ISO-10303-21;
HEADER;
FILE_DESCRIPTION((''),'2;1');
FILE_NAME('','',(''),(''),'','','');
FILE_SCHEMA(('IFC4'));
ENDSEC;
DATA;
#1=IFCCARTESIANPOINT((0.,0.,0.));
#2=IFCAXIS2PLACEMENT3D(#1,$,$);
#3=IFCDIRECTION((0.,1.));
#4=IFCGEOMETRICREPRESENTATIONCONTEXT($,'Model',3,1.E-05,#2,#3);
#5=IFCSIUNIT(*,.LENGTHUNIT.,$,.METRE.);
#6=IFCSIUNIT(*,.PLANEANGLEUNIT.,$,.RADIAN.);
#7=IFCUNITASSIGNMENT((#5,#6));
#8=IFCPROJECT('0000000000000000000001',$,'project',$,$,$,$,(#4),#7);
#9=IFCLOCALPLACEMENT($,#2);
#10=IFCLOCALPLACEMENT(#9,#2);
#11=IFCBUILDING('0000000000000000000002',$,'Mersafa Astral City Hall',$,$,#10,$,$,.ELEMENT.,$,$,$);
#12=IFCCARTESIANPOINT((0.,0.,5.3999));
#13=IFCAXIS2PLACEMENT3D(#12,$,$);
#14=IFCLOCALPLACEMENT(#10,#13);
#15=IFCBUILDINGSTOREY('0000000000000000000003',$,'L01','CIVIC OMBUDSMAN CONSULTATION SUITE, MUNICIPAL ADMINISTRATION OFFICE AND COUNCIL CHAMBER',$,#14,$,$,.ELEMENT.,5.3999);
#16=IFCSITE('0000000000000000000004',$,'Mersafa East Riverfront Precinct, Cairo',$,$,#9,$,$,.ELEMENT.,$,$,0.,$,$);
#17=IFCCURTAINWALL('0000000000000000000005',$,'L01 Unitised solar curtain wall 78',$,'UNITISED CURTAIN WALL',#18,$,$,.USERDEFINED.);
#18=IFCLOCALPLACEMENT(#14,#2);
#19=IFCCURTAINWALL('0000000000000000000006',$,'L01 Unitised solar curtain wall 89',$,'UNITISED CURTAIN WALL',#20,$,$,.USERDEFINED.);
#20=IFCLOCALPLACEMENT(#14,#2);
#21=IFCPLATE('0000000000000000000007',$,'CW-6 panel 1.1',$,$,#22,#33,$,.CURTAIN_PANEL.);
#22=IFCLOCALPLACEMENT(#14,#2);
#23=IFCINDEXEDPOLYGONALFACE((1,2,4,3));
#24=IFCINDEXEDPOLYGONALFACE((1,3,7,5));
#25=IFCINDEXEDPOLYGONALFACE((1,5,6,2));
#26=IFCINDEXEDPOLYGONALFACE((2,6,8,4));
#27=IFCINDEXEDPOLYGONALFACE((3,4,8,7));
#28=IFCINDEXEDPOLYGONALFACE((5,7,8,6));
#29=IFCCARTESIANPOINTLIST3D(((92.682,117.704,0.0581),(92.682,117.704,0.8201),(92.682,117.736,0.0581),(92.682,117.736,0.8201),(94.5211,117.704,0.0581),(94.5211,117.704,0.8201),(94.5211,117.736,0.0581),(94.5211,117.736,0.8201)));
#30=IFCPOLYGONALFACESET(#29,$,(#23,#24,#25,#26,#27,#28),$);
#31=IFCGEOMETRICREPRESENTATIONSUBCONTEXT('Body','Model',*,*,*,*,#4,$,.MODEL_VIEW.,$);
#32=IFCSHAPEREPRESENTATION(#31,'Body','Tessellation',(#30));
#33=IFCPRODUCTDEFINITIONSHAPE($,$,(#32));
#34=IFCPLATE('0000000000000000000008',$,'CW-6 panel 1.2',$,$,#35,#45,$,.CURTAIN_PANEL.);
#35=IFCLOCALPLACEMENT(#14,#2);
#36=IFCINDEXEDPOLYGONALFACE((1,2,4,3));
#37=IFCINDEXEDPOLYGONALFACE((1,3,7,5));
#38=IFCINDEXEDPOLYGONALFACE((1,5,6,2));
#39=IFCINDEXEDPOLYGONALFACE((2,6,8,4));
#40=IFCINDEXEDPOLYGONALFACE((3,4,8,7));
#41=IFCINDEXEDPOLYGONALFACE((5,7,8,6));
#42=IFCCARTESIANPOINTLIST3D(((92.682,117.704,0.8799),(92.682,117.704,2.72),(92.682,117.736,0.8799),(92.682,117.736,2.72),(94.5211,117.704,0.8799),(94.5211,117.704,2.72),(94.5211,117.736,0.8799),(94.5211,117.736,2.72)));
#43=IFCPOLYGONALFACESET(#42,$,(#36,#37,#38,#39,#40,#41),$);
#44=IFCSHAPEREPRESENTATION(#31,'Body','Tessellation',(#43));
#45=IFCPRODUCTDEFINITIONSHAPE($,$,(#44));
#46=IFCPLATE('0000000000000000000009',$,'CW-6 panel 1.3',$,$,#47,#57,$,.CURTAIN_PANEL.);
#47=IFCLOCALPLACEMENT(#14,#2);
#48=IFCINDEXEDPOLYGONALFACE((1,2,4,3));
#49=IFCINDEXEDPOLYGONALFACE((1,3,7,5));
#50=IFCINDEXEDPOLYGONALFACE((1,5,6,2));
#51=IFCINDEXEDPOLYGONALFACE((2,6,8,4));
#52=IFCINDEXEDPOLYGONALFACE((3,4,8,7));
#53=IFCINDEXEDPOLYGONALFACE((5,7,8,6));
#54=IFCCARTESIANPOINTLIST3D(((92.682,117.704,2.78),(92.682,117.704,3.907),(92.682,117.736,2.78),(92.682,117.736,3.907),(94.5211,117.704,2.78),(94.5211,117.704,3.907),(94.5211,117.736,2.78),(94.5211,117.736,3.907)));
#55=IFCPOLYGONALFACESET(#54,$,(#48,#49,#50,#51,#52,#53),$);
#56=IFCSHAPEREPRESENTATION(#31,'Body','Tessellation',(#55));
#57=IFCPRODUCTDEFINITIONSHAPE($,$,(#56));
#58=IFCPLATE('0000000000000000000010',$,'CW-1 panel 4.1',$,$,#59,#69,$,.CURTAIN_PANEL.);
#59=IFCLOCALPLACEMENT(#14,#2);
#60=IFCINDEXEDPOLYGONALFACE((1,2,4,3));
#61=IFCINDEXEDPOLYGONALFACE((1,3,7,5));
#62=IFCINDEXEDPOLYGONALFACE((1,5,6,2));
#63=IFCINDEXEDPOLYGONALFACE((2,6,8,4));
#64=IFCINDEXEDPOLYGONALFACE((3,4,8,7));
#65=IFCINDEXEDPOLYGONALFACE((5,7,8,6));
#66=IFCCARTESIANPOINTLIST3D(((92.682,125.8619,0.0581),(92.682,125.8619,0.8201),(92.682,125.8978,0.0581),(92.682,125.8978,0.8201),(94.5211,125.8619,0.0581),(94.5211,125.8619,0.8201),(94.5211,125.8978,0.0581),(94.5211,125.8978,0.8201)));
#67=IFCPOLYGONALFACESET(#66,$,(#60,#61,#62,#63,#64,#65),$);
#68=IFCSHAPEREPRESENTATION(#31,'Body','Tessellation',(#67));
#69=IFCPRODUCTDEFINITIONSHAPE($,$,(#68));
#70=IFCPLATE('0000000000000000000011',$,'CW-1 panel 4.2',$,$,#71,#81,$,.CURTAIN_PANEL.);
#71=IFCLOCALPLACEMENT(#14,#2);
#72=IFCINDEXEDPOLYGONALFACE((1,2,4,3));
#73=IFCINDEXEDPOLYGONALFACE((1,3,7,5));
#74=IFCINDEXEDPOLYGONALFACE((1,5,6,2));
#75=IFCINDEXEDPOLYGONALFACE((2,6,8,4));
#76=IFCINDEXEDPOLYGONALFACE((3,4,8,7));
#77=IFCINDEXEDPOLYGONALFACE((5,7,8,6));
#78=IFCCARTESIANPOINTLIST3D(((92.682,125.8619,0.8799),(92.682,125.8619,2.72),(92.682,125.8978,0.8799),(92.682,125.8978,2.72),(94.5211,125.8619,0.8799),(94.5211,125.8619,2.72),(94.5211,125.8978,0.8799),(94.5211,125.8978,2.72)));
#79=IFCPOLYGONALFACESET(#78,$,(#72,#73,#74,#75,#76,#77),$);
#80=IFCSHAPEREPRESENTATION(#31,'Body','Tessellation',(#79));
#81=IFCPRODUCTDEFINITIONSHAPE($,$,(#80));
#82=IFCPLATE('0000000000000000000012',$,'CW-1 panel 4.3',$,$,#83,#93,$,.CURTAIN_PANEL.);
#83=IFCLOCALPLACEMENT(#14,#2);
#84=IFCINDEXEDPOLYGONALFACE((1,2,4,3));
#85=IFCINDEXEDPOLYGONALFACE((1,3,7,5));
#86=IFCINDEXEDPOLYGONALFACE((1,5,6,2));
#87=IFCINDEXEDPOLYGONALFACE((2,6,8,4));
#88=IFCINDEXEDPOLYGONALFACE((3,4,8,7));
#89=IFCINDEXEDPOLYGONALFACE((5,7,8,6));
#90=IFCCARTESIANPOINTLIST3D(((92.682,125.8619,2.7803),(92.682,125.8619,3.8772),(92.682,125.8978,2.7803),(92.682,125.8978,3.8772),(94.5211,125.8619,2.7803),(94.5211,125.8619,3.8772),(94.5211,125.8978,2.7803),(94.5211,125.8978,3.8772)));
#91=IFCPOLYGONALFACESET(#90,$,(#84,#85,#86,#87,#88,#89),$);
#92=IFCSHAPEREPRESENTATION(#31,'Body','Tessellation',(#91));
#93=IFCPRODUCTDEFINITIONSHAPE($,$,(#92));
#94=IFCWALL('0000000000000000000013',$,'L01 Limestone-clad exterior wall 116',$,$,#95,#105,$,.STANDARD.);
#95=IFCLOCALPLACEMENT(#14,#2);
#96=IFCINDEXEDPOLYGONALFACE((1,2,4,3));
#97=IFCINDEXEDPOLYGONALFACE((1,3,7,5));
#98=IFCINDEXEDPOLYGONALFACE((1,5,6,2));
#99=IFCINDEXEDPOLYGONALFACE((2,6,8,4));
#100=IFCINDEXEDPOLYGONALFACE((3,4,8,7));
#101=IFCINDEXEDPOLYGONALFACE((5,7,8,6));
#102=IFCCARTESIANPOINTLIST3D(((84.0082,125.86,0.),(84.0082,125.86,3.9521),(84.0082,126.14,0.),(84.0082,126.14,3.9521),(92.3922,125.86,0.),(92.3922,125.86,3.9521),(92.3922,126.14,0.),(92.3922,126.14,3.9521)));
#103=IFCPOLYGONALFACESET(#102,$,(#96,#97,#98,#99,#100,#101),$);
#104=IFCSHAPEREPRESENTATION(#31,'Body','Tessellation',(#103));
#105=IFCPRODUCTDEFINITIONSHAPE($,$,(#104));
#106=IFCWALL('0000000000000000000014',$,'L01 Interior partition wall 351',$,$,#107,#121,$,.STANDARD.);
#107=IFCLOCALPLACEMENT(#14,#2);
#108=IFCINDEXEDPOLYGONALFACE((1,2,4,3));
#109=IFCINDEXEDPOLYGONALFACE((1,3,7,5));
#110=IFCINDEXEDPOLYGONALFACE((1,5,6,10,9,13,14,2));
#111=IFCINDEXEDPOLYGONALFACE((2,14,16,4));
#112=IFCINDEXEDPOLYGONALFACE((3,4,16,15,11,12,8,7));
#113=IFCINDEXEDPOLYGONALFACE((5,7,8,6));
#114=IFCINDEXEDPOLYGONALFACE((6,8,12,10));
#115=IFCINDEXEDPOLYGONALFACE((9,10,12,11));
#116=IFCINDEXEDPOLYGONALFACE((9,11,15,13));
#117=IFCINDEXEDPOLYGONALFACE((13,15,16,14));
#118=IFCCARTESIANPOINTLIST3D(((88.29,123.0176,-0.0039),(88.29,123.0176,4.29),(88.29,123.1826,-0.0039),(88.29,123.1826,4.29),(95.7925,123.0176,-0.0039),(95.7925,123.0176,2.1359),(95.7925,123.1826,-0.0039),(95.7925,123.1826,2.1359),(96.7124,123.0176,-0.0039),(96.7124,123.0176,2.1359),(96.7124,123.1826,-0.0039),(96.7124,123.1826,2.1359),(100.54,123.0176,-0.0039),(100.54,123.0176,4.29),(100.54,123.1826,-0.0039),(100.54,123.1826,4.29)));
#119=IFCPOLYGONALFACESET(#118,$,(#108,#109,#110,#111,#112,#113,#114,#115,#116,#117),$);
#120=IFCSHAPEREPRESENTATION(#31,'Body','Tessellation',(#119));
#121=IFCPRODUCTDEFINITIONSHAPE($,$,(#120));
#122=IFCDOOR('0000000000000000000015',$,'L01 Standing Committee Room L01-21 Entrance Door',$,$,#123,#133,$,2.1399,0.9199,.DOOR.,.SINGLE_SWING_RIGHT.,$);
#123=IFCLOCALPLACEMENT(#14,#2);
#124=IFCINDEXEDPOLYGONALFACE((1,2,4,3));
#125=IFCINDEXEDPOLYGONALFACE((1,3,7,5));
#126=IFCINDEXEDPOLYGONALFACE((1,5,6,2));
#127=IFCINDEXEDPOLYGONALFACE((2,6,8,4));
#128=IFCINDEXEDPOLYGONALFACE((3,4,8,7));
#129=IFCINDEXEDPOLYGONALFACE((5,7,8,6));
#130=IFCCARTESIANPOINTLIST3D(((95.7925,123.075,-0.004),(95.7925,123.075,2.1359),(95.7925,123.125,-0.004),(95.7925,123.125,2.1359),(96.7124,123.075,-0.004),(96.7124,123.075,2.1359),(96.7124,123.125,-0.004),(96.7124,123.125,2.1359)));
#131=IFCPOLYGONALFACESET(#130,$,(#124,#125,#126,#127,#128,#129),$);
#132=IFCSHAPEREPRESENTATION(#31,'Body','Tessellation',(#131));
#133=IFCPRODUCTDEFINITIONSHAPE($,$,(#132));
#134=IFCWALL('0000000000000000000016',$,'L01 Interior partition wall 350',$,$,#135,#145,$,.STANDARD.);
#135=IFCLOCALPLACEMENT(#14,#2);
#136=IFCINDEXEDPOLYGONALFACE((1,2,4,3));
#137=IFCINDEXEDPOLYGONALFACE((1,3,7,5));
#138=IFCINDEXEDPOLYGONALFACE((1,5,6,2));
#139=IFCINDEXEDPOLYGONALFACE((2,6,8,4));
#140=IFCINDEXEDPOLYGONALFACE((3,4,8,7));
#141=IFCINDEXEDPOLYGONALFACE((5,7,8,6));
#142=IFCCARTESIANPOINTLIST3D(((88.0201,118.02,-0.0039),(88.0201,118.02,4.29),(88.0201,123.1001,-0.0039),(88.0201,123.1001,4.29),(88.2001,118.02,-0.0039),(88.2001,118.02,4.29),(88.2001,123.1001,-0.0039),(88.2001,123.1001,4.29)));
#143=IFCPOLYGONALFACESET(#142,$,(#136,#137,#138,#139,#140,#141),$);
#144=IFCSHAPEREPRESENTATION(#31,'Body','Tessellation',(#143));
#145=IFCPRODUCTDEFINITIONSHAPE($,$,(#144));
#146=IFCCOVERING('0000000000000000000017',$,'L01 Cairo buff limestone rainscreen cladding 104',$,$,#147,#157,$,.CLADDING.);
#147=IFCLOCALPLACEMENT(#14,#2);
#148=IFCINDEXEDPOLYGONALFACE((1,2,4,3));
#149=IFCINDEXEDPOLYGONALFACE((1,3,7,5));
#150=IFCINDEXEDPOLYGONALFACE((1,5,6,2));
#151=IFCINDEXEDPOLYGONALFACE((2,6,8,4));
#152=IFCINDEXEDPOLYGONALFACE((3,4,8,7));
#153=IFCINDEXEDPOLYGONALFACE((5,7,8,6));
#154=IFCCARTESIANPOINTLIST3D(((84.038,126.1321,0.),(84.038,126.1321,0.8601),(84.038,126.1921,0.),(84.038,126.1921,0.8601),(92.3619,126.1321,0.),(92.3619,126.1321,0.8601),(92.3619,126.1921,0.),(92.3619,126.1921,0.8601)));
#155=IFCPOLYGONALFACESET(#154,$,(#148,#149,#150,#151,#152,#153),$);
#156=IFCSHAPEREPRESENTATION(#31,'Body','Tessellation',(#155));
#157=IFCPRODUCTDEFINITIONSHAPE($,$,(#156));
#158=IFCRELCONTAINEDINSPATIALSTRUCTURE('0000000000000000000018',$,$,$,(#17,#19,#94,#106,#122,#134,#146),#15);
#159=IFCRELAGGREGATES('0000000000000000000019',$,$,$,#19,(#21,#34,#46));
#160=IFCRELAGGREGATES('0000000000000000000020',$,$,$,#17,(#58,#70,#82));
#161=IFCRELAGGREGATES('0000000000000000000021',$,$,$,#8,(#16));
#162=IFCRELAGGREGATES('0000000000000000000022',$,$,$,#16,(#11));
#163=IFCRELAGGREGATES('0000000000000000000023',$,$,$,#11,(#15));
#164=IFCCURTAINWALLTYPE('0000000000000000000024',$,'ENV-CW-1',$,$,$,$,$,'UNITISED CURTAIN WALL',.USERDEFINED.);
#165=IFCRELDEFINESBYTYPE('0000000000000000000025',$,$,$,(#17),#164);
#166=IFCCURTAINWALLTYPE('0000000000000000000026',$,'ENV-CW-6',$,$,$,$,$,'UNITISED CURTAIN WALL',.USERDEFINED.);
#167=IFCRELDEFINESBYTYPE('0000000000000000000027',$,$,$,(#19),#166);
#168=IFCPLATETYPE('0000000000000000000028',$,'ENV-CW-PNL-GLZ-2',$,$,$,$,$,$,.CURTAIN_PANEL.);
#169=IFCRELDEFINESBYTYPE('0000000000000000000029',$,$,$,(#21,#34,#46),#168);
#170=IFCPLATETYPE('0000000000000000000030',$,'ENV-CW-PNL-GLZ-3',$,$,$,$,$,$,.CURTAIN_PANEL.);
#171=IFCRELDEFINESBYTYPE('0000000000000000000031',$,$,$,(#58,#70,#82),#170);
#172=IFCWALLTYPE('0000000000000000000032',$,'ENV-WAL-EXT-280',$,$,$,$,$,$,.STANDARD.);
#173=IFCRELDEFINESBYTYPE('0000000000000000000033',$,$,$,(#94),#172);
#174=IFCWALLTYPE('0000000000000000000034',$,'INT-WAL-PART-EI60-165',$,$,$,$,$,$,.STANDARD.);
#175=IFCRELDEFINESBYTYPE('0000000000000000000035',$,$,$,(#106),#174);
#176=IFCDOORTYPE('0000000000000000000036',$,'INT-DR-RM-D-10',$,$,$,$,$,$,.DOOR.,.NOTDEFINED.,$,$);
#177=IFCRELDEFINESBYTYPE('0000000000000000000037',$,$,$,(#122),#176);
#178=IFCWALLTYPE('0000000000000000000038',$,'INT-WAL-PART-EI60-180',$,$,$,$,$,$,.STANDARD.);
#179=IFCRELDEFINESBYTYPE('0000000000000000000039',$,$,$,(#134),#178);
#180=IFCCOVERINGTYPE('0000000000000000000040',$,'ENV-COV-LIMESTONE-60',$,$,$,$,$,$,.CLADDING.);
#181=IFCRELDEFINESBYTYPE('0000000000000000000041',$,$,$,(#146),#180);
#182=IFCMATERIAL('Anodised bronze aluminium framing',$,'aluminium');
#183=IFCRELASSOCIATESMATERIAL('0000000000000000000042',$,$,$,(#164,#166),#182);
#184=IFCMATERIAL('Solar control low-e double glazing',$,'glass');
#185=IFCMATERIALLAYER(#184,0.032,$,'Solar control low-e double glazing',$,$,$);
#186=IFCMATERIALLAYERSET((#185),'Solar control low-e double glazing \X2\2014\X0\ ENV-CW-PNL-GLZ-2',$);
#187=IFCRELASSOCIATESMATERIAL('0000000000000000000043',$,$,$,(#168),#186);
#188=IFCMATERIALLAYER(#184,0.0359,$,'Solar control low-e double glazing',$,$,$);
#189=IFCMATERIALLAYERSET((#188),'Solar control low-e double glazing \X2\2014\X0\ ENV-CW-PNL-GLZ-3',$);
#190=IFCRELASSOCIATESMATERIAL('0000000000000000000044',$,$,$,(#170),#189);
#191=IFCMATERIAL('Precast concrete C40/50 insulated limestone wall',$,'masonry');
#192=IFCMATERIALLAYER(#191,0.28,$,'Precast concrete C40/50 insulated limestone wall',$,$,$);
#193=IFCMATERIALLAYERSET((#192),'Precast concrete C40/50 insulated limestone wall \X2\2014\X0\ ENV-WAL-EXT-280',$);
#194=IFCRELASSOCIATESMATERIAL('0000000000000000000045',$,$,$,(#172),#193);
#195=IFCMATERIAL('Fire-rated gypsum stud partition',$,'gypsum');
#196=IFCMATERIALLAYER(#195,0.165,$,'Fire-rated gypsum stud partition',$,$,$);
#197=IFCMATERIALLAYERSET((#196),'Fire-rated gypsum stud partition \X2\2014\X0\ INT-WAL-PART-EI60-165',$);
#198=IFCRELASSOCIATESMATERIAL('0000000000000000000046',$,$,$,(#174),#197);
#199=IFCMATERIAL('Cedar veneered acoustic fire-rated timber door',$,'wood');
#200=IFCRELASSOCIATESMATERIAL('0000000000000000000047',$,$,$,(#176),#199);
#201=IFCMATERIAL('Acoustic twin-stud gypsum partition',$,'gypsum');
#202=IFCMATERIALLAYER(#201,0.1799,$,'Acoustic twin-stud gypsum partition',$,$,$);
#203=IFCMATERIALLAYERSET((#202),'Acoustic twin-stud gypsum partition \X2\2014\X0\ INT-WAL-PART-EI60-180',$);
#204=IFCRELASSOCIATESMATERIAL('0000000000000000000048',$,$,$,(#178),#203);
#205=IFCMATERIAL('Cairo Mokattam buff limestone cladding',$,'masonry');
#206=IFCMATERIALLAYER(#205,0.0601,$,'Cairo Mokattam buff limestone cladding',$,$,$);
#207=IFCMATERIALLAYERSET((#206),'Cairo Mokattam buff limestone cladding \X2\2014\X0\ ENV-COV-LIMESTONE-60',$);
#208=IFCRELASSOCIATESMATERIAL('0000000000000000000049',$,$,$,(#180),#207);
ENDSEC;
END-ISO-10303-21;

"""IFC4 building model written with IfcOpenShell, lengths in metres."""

from ifc_helpers import new_model, si_unit, direction, frame, frame_2d, origin, origin_2d, place, context, subcontext, project, spatial, rectangle, extrude, material, layer, layer_set, type_object, element, fill, aggregate, save


model = new_model("IFC4")

# Units and contexts
model_context = context("Model", 3, precision=1e-05, world=origin(), true_north=direction((0.0, 1.0)))
body_context = subcontext(model_context, "Body", "Model", "MODEL_VIEW")
ifc_project = project(units=[si_unit("LENGTHUNIT", "METRE"), si_unit("PLANEANGLEUNIT", "RADIAN")], contexts=[model_context])

# Site, building, storey
site_placement = place(None, origin())
site = spatial("IfcSite", under=ifc_project, at=site_placement, Name="Mersafa East Riverfront Precinct, Cairo", CompositionType="ELEMENT", RefElevation=0.0)
building_placement = place(site_placement, origin())
building = spatial("IfcBuilding", under=site, at=building_placement, Name="Mersafa Astral City Hall", CompositionType="ELEMENT")
storey_placement = place(building_placement, frame((0.0, 0.0, 5.3999)))
storey = spatial("IfcBuildingStorey", under=building, at=storey_placement, Name="L01", Description="CIVIC OMBUDSMAN CONSULTATION SUITE, MUNICIPAL ADMINISTRATION OFFICE AND COUNCIL CHAMBER", CompositionType="ELEMENT", Elevation=5.3999)

# Curtain wall
ifc_material_1 = material(Name="Anodised bronze aluminium framing", Category="aluminium")
curtain_wall_type_1 = type_object("IfcCurtainWallType", Name="ENV-CW-1", ElementType="UNITISED CURTAIN WALL", PredefinedType="USERDEFINED", material=ifc_material_1)
curtain_wall_1_placement = place(storey_placement, origin())
curtain_wall_1 = element("IfcCurtainWall", 1, at=curtain_wall_1_placement, inside=storey, type_object=curtain_wall_type_1, Name="L01 Unitised solar curtain wall 78", ObjectType="UNITISED CURTAIN WALL", PredefinedType="USERDEFINED")

# Curtain wall
curtain_wall_type_2 = type_object("IfcCurtainWallType", Name="ENV-CW-6", ElementType="UNITISED CURTAIN WALL", PredefinedType="USERDEFINED", material=ifc_material_1)
curtain_wall_2_placement = place(storey_placement, origin())
curtain_wall_2 = element("IfcCurtainWall", 2, at=curtain_wall_2_placement, inside=storey, type_object=curtain_wall_type_2, Name="L01 Unitised solar curtain wall 89", ObjectType="UNITISED CURTAIN WALL", PredefinedType="USERDEFINED")

# Plates
ifc_material_2 = material(Name="Solar control low-e double glazing", Category="glass")
ifc_layer_1 = layer(ifc_material_2, 0.032, Name="Solar control low-e double glazing")
ifc_layer_set_1 = layer_set([ifc_layer_1], Name="Solar control low-e double glazing — ENV-CW-PNL-GLZ-2")
plate_type_1 = type_object("IfcPlateType", Name="ENV-CW-PNL-GLZ-2", PredefinedType="CURTAIN_PANEL", material=ifc_layer_set_1)
plate_1_placement = place(storey_placement, frame((93.6016, 117.72, 0.0581), z_axis=(0.0, 0.0, 1.0), x_axis=(1.0, 0.0, 0.0)))
plate_1 = element("IfcPlate", 3, at=plate_1_placement, type_object=plate_type_1, Name="CW-6 panel 1.1", PredefinedType="CURTAIN_PANEL", context=body_context, shape_type="SweptSolid", body=[
    extrude(rectangle(XDim=1.8391, YDim=0.032, at=origin_2d()), origin(), (0.0, 0.0, 1.0), 0.762),
])
plate_2_placement = place(storey_placement, frame((93.6016, 117.72, 0.8799), z_axis=(0.0, 0.0, 1.0), x_axis=(1.0, 0.0, 0.0)))
plate_2 = element("IfcPlate", 4, at=plate_2_placement, type_object=plate_type_1, Name="CW-6 panel 1.2", PredefinedType="CURTAIN_PANEL", context=body_context, shape_type="SweptSolid", body=[
    extrude(rectangle(XDim=1.8391, YDim=0.032, at=origin_2d()), origin(), (0.0, 0.0, 1.0), 1.8401),
])
plate_3_placement = place(storey_placement, frame((93.6016, 117.72, 2.78), z_axis=(0.0, 0.0, 1.0), x_axis=(1.0, 0.0, 0.0)))
plate_3 = element("IfcPlate", 5, at=plate_3_placement, type_object=plate_type_1, Name="CW-6 panel 1.3", PredefinedType="CURTAIN_PANEL", context=body_context, shape_type="SweptSolid", body=[
    extrude(rectangle(XDim=1.8391, YDim=0.032, at=origin_2d()), origin(), (0.0, 0.0, 1.0), 1.127),
])
aggregate(curtain_wall_2, [plate_1, plate_2, plate_3])
ifc_layer_2 = layer(ifc_material_2, 0.0359, Name="Solar control low-e double glazing")
ifc_layer_set_2 = layer_set([ifc_layer_2], Name="Solar control low-e double glazing — ENV-CW-PNL-GLZ-3")
plate_type_2 = type_object("IfcPlateType", Name="ENV-CW-PNL-GLZ-3", PredefinedType="CURTAIN_PANEL", material=ifc_layer_set_2)
plate_4_placement = place(storey_placement, frame((93.6016, 125.8799, 0.0581), z_axis=(0.0, 0.0, 1.0), x_axis=(-1.0, 0.0, 0.0)))
plate_4 = element("IfcPlate", 6, at=plate_4_placement, type_object=plate_type_2, Name="CW-1 panel 4.1", PredefinedType="CURTAIN_PANEL", context=body_context, shape_type="SweptSolid", body=[
    extrude(rectangle(XDim=1.8391, YDim=0.0359, at=origin_2d()), origin(), (0.0, 0.0, 1.0), 0.762),
])
plate_5_placement = place(storey_placement, frame((93.6016, 125.8799, 0.8799), z_axis=(0.0, 0.0, 1.0), x_axis=(-1.0, 0.0, 0.0)))
plate_5 = element("IfcPlate", 7, at=plate_5_placement, type_object=plate_type_2, Name="CW-1 panel 4.2", PredefinedType="CURTAIN_PANEL", context=body_context, shape_type="SweptSolid", body=[
    extrude(rectangle(XDim=1.8391, YDim=0.0359, at=origin_2d()), origin(), (0.0, 0.0, 1.0), 1.8401),
])
plate_6_placement = place(storey_placement, frame((93.6016, 125.8799, 2.7803), z_axis=(0.0, 0.0, 1.0), x_axis=(-1.0, 0.0, 0.0)))
plate_6 = element("IfcPlate", 8, at=plate_6_placement, type_object=plate_type_2, Name="CW-1 panel 4.3", PredefinedType="CURTAIN_PANEL", context=body_context, shape_type="SweptSolid", body=[
    extrude(rectangle(XDim=1.8391, YDim=0.0359, at=origin_2d()), origin(), (0.0, 0.0, 1.0), 1.0969),
])
aggregate(curtain_wall_1, [plate_4, plate_5, plate_6])

# Wall
ifc_material_3 = material(Name="Precast concrete C40/50 insulated limestone wall", Category="masonry")
ifc_layer_3 = layer(ifc_material_3, 0.28, Name="Precast concrete C40/50 insulated limestone wall")
ifc_layer_set_3 = layer_set([ifc_layer_3], Name="Precast concrete C40/50 insulated limestone wall — ENV-WAL-EXT-280")
wall_type_1 = type_object("IfcWallType", Name="ENV-WAL-EXT-280", PredefinedType="STANDARD", material=ifc_layer_set_3)
wall_1_placement = place(storey_placement, frame((92.3921, 126.0, 0.0), z_axis=(0.0, 0.0, 1.0), x_axis=(-1.0, 0.0, 0.0)))
element("IfcWall", 9, at=wall_1_placement, inside=storey, type_object=wall_type_1, Name="L01 Limestone-clad exterior wall 116", PredefinedType="STANDARD", context=body_context, shape_type="SweptSolid", body=[
    extrude(rectangle(XDim=8.384, YDim=0.28, at=frame_2d((4.1919, 0.0))), origin(), (0.0, 0.0, 1.0), 3.9521),
])

# Wall, opening, door
ifc_material_4 = material(Name="Fire-rated gypsum stud partition", Category="gypsum")
ifc_layer_4 = layer(ifc_material_4, 0.165, Name="Fire-rated gypsum stud partition")
ifc_layer_set_4 = layer_set([ifc_layer_4], Name="Fire-rated gypsum stud partition — INT-WAL-PART-EI60-165")
wall_type_2 = type_object("IfcWallType", Name="INT-WAL-PART-EI60-165", PredefinedType="STANDARD", material=ifc_layer_set_4)
wall_2_placement = place(storey_placement, frame((88.29, 123.1001, -0.0039), z_axis=(0.0, 0.0, 1.0), x_axis=(1.0, 0.0, 0.0)))
wall_2 = element("IfcWall", 10, at=wall_2_placement, inside=storey, type_object=wall_type_2, Name="L01 Interior partition wall 351", PredefinedType="STANDARD", context=body_context, shape_type="SweptSolid", body=[
    extrude(rectangle(XDim=12.25, YDim=0.165, at=frame_2d((6.125, 0.0))), origin(), (0.0, 0.0, 1.0), 4.2939),
])
opening_placement = place(wall_2_placement, frame((7.5024, 0.0, 0.0)))
opening = element("IfcOpeningElement", 11, at=opening_placement, cuts=wall_2, PredefinedType="OPENING", context=body_context, shape_type="SweptSolid", body=[
    extrude(rectangle(XDim=0.9199, YDim=2.1399, at=frame_2d((0.46, 1.0698))), frame((0.0, 0.0925, 0.0), z_axis=(0.0, -1.0, 0.0), x_axis=(1.0, 0.0, 0.0)), (0.0, 0.0, 1.0), 0.1851),
])
ifc_material_5 = material(Name="Cedar veneered acoustic fire-rated timber door", Category="wood")
door_type = type_object("IfcDoorType", Name="INT-DR-RM-D-10", OperationType="NOTDEFINED", PredefinedType="DOOR", material=ifc_material_5)
door_placement = place(opening_placement, origin())
door = element("IfcDoor", 12, at=door_placement, inside=storey, type_object=door_type, Name="L01 Standing Committee Room L01-21 Entrance Door", OperationType="SINGLE_SWING_RIGHT", OverallHeight=2.1399, OverallWidth=0.9199, PredefinedType="DOOR", context=body_context, shape_type="SweptSolid", body=[
    extrude(rectangle(XDim=0.9199, YDim=2.1399, at=frame_2d((0.46, 1.0698))), frame((0.0, 0.0249, 0.0), z_axis=(0.0, -1.0, 0.0), x_axis=(1.0, 0.0, 0.0)), (0.0, 0.0, 1.0), 0.05),
])
fill(opening, door)

# Wall
ifc_material_6 = material(Name="Acoustic twin-stud gypsum partition", Category="gypsum")
ifc_layer_5 = layer(ifc_material_6, 0.1799, Name="Acoustic twin-stud gypsum partition")
ifc_layer_set_5 = layer_set([ifc_layer_5], Name="Acoustic twin-stud gypsum partition — INT-WAL-PART-EI60-180")
wall_type_3 = type_object("IfcWallType", Name="INT-WAL-PART-EI60-180", PredefinedType="STANDARD", material=ifc_layer_set_5)
wall_3_placement = place(storey_placement, frame((88.1101, 123.1001, -0.0039), z_axis=(0.0, 0.0, 1.0), x_axis=(0.0, -1.0, 0.0)))
element("IfcWall", 13, at=wall_3_placement, inside=storey, type_object=wall_type_3, Name="L01 Interior partition wall 350", PredefinedType="STANDARD", context=body_context, shape_type="SweptSolid", body=[
    extrude(rectangle(XDim=5.0801, YDim=0.1799, at=frame_2d((2.54, 0.0))), origin(), (0.0, 0.0, 1.0), 4.2939),
])

# Covering
ifc_material_7 = material(Name="Cairo Mokattam buff limestone cladding", Category="masonry")
ifc_layer_6 = layer(ifc_material_7, 0.0601, Name="Cairo Mokattam buff limestone cladding")
ifc_layer_set_6 = layer_set([ifc_layer_6], Name="Cairo Mokattam buff limestone cladding — ENV-COV-LIMESTONE-60")
covering_type = type_object("IfcCoveringType", Name="ENV-COV-LIMESTONE-60", PredefinedType="CLADDING", material=ifc_layer_set_6)
covering_placement = place(storey_placement, frame((88.2, 126.1621, 0.0), z_axis=(0.0, 0.0, 1.0), x_axis=(-1.0, 0.0, 0.0)))
element("IfcCovering", 14, at=covering_placement, inside=storey, type_object=covering_type, Name="L01 Cairo buff limestone rainscreen cladding 104", PredefinedType="CLADDING", context=body_context, shape_type="SweptSolid", body=[
    extrude(rectangle(XDim=8.324, YDim=0.0601, at=origin_2d()), origin(), (0.0, 0.0, 1.0), 0.8601),
])

save(model, "model.ifc")
